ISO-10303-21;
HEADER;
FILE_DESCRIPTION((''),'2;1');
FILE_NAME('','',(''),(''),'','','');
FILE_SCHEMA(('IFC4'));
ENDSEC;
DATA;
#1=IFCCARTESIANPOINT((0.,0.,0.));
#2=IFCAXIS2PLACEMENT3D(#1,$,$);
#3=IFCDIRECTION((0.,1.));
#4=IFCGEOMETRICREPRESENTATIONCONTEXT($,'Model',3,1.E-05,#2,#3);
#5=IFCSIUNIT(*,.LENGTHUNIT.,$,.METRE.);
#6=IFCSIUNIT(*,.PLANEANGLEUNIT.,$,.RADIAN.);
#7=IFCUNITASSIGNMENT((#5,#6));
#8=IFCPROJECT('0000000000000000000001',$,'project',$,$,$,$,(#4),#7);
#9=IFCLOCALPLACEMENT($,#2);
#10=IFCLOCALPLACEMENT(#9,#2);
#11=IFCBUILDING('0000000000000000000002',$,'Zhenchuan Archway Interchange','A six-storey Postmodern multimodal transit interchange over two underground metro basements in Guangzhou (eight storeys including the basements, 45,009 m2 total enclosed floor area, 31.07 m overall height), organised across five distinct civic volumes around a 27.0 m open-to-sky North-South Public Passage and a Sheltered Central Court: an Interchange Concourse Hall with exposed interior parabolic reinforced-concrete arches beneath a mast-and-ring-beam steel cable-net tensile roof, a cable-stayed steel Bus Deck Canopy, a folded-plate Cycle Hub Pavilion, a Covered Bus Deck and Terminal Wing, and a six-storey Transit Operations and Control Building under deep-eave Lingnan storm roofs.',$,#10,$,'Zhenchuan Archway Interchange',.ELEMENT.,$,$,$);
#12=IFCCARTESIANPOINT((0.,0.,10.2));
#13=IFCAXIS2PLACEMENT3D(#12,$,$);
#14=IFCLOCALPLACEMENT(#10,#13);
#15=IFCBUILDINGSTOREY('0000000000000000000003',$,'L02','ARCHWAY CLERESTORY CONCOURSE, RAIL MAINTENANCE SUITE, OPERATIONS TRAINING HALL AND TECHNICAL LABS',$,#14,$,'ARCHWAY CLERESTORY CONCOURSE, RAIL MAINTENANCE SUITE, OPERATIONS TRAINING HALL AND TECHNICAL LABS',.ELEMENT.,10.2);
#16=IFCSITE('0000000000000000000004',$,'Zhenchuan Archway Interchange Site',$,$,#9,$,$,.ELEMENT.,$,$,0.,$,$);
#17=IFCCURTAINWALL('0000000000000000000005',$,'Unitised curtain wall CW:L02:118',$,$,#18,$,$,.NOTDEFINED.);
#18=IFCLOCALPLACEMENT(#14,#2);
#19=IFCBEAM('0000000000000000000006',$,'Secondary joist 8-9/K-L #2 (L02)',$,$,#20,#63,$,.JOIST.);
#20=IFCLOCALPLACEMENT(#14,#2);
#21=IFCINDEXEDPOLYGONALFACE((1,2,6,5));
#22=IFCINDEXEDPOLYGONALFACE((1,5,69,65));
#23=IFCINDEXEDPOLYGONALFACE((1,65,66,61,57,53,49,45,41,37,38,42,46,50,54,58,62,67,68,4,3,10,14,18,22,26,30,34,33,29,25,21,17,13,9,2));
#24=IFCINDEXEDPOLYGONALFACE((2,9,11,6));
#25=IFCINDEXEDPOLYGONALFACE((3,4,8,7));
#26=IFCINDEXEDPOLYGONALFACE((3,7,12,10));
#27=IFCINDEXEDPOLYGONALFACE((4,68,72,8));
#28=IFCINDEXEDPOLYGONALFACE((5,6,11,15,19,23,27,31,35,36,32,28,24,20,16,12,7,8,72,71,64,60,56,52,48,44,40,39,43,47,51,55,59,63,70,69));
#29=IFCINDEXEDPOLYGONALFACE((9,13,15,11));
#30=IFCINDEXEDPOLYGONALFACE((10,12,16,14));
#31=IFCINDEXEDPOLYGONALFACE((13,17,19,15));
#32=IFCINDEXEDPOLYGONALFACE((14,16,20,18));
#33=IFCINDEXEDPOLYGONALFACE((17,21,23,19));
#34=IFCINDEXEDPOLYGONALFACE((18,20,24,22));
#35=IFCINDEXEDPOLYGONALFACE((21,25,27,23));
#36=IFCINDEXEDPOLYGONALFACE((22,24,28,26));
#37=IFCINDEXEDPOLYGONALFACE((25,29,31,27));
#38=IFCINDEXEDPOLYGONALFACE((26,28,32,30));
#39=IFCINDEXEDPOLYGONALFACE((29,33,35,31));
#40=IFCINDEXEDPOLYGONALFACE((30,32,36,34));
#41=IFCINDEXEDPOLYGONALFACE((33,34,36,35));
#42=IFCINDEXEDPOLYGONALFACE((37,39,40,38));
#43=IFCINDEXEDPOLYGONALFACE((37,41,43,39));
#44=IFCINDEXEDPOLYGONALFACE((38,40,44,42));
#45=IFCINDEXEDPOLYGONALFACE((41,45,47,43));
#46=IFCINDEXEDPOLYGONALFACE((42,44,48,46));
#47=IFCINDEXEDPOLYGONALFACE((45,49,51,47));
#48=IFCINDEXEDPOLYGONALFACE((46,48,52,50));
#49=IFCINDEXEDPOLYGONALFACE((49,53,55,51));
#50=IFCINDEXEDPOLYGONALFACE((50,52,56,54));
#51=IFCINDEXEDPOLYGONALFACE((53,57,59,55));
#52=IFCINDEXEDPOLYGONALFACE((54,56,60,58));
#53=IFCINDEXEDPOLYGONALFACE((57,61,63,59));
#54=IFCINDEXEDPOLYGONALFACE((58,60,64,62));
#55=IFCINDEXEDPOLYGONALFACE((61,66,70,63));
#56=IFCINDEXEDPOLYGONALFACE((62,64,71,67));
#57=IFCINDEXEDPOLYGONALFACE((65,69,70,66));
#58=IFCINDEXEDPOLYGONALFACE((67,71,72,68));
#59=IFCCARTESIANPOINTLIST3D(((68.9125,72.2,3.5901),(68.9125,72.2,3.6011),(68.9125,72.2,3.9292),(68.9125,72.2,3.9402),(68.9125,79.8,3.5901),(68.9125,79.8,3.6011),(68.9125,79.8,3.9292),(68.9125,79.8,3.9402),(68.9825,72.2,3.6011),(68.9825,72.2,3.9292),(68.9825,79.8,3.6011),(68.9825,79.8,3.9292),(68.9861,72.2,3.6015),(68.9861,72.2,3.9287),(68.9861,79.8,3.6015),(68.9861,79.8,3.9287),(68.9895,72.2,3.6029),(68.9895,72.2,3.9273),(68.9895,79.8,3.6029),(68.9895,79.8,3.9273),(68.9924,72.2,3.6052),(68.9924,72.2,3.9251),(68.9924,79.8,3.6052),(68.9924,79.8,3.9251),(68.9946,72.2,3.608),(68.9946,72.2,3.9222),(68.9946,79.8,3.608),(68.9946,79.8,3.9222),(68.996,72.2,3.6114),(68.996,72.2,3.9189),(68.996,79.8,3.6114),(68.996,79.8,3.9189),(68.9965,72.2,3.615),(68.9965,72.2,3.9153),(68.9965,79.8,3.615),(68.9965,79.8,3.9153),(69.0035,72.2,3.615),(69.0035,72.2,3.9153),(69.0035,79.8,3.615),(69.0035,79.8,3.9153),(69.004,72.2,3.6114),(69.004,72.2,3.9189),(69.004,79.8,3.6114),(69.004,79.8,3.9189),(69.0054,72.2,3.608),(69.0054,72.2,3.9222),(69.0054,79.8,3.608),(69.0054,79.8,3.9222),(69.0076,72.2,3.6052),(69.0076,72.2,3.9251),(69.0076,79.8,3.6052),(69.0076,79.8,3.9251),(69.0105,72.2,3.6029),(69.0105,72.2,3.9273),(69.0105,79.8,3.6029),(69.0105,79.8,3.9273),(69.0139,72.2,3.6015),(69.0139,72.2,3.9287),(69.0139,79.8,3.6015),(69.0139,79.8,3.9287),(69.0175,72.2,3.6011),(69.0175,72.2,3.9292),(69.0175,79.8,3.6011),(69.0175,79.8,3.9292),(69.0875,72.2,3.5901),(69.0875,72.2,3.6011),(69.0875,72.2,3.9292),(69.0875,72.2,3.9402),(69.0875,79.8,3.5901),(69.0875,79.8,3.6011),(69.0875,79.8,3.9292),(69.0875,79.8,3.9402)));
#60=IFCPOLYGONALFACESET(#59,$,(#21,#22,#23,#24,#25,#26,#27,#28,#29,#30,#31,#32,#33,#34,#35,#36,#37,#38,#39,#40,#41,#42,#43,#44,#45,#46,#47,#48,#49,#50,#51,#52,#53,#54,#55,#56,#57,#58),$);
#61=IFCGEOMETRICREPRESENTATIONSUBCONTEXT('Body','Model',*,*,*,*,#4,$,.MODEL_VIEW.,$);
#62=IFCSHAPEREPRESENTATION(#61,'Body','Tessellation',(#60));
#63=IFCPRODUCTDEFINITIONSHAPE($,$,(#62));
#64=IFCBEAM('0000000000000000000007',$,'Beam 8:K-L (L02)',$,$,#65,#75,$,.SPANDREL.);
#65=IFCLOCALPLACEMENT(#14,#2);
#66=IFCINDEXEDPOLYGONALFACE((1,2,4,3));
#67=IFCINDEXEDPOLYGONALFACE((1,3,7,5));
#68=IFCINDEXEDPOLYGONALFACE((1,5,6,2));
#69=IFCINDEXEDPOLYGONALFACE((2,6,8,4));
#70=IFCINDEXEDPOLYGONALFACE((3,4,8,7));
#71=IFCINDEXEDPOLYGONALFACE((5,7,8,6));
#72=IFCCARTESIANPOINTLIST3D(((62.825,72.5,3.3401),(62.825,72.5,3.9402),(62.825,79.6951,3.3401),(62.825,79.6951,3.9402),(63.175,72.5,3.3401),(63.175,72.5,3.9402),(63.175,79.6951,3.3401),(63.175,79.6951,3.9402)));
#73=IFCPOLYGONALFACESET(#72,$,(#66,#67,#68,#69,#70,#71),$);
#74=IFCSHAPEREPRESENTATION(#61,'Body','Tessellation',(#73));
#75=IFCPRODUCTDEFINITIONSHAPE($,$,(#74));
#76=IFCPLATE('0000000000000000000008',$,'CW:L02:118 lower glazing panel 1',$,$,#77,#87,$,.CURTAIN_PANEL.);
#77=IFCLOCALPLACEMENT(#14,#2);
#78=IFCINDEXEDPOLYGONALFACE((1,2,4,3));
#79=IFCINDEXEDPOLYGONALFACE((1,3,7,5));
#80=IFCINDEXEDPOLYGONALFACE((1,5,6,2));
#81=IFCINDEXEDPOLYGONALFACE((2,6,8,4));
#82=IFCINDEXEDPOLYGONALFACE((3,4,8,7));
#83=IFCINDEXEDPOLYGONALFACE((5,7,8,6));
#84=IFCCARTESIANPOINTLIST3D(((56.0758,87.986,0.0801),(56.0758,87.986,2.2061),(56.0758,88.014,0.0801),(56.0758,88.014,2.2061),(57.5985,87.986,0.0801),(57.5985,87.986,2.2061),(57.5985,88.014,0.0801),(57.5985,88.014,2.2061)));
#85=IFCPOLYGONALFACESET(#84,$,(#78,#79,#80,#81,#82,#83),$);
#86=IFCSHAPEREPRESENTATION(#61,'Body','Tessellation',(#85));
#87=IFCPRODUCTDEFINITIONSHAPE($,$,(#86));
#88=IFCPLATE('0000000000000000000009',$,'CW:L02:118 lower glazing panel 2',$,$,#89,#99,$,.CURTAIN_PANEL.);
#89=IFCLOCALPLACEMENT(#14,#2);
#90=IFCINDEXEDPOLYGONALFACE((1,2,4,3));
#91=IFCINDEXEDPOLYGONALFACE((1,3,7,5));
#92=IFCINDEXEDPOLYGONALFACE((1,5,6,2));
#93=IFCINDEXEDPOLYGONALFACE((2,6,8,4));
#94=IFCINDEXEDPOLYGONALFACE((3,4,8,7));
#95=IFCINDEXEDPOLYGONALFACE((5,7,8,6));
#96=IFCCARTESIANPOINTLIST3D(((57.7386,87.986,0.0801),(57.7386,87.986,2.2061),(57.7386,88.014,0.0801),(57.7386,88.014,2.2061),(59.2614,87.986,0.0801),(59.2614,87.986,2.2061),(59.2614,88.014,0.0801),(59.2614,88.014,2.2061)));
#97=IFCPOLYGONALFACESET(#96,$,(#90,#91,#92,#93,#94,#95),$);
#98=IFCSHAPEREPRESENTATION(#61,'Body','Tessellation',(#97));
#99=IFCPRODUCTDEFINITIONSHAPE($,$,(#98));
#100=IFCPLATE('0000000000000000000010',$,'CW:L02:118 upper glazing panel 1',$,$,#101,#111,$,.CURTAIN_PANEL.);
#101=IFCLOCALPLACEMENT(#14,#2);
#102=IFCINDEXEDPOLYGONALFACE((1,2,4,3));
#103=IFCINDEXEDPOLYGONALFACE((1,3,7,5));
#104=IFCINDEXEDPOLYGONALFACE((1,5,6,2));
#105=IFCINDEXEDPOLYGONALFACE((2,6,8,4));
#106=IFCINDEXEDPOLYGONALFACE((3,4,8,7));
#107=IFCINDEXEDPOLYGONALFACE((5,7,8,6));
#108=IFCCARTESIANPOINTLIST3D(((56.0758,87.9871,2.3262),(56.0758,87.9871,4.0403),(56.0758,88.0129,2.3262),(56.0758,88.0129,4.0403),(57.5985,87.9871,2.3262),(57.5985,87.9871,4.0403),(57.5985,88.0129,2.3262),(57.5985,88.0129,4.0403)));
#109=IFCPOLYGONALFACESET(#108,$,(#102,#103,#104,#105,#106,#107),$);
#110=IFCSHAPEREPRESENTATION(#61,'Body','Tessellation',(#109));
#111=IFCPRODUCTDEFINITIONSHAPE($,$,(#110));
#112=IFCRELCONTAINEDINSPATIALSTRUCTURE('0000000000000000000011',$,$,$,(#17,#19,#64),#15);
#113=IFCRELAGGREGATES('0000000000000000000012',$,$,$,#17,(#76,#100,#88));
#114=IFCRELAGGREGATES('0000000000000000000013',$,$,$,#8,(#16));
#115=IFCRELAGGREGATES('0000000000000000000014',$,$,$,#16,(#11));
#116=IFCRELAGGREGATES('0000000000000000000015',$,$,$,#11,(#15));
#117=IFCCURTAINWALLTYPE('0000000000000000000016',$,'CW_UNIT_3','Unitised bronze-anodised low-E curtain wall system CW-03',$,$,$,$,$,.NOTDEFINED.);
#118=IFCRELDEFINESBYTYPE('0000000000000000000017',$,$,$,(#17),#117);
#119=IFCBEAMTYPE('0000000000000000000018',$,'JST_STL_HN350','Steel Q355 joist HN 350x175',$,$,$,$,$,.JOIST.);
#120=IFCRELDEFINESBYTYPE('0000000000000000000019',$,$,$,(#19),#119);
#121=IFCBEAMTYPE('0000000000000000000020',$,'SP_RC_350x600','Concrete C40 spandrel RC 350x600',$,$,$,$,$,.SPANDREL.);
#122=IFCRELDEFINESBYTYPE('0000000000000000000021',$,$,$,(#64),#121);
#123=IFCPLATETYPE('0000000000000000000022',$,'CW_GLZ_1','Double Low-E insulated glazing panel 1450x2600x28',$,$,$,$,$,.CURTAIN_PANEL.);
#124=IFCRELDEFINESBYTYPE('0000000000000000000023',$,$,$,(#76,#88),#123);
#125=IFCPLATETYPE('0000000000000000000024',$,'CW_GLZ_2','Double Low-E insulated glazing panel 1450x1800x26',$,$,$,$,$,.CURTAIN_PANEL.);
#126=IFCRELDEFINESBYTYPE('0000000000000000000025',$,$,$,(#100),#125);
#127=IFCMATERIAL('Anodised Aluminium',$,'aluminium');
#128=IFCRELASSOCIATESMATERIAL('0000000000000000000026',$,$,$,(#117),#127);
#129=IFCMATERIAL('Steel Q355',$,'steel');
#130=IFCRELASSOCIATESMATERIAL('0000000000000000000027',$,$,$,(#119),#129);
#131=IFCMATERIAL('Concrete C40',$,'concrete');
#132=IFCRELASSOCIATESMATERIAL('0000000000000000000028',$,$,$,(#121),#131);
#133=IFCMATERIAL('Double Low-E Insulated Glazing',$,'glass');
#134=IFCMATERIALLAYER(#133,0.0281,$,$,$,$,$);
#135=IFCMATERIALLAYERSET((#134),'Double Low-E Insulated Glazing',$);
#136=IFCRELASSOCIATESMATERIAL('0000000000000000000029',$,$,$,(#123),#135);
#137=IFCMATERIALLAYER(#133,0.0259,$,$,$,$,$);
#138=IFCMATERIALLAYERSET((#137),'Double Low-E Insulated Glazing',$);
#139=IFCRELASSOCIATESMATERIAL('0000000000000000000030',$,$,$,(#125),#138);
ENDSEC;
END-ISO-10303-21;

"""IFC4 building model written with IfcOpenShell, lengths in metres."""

from ifc_helpers import new_model, si_unit, direction, frame, origin, origin_2d, place, context, subcontext, project, spatial, rectangle, i_section, extrude, material, layer, layer_set, material_profile, profile_set, type_object, element, aggregate, save


model = new_model("IFC4")

# Units and contexts
model_context = context("Model", 3, precision=1e-05, world=origin(), true_north=direction((0.0, 1.0)))
body_context = subcontext(model_context, "Body", "Model", "MODEL_VIEW")
ifc_project = project(units=[si_unit("LENGTHUNIT", "METRE"), si_unit("PLANEANGLEUNIT", "RADIAN")], contexts=[model_context])

# Site, building, storey
site_placement = place(None, origin())
site = spatial("IfcSite", under=ifc_project, at=site_placement, Name="Zhenchuan Archway Interchange Site", CompositionType="ELEMENT", RefElevation=0.0)
building_placement = place(site_placement, origin())
building = spatial("IfcBuilding", under=site, at=building_placement, Name="Zhenchuan Archway Interchange", Description="A six-storey Postmodern multimodal transit interchange over two underground metro basements in Guangzhou (eight storeys including the basements, 45,009 m2 total enclosed floor area, 31.07 m overall height), organised across five distinct civic volumes around a 27.0 m open-to-sky North-South Public Passage and a Sheltered Central Court: an Interchange Concourse Hall with exposed interior parabolic reinforced-concrete arches beneath a mast-and-ring-beam steel cable-net tensile roof, a cable-stayed steel Bus Deck Canopy, a folded-plate Cycle Hub Pavilion, a Covered Bus Deck and Terminal Wing, and a six-storey Transit Operations and Control Building under deep-eave Lingnan storm roofs.", LongName="Zhenchuan Archway Interchange", CompositionType="ELEMENT")
storey_placement = place(building_placement, frame((0.0, 0.0, 10.2)))
storey = spatial("IfcBuildingStorey", under=building, at=storey_placement, Name="L02", Description="ARCHWAY CLERESTORY CONCOURSE, RAIL MAINTENANCE SUITE, OPERATIONS TRAINING HALL AND TECHNICAL LABS", LongName="ARCHWAY CLERESTORY CONCOURSE, RAIL MAINTENANCE SUITE, OPERATIONS TRAINING HALL AND TECHNICAL LABS", CompositionType="ELEMENT", Elevation=10.2)

# Shared definitions
ifc_material_1 = material(Name="Concrete C40", Category="concrete")

# Curtain wall
ifc_material_2 = material(Name="Anodised Aluminium", Category="aluminium")
curtain_wall_type = type_object("IfcCurtainWallType", Name="CW_UNIT_3", Description="Unitised bronze-anodised low-E curtain wall system CW-03", PredefinedType="NOTDEFINED", material=ifc_material_2)
curtain_wall_placement = place(storey_placement, origin())
curtain_wall = element("IfcCurtainWall", 1, at=curtain_wall_placement, inside=storey, type_object=curtain_wall_type, Name="Unitised curtain wall CW:L02:118", PredefinedType="NOTDEFINED")

# Beams
ifc_material_3 = material(Name="Steel Q355", Category="steel")
ifc_material_profile_1 = material_profile(ifc_material_3, i_section(OverallWidth=0.175, OverallDepth=0.3501, WebThickness=0.0071, FlangeThickness=0.011, FilletRadius=0.0139, at=origin_2d()), Name="HN 350x175")
ifc_profile_set_1 = profile_set([ifc_material_profile_1], Name="Steel Q355")
beam_type_1 = type_object("IfcBeamType", Name="JST_STL_HN350", Description="Steel Q355 joist HN 350x175", PredefinedType="JOIST", material=ifc_profile_set_1)
for number, where, z_axis, x_axis, name in (
    (2, (69.0, 72.2, 3.7651), (0.0, 1.0, 0.0), (-1.0, 0.0, 0.0), "Secondary joist 8-9/K-L #2 (L02)"),
):
    element("IfcBeam", number, at=place(storey_placement, frame(where, z_axis=z_axis, x_axis=x_axis)), inside=storey, type_object=beam_type_1, Name=name, PredefinedType="JOIST", context=body_context, shape_type="SweptSolid", body=[
        extrude(i_section(OverallWidth=0.175, OverallDepth=0.3501, WebThickness=0.0071, FlangeThickness=0.011, FilletRadius=0.0139, at=origin_2d()), origin(), (0.0, 0.0, 1.0), 7.6001),
    ])
ifc_material_profile_2 = material_profile(ifc_material_1, rectangle(XDim=0.3501, YDim=0.6001, at=origin_2d()), Name="RC 350x600")
ifc_profile_set_2 = profile_set([ifc_material_profile_2], Name="Concrete C40")
beam_type_2 = type_object("IfcBeamType", Name="SP_RC_350x600", Description="Concrete C40 spandrel RC 350x600", PredefinedType="SPANDREL", material=ifc_profile_set_2)
beam_1_placement = place(storey_placement, frame((63.0, 72.5, 3.6401), z_axis=(0.0, 1.0, 0.0), x_axis=(-1.0, 0.0, 0.0)))
element("IfcBeam", 3, at=beam_1_placement, inside=storey, type_object=beam_type_2, Name="Beam 8:K-L (L02)", PredefinedType="SPANDREL", context=body_context, shape_type="SweptSolid", body=[
    extrude(rectangle(XDim=0.3501, YDim=0.6001, at=origin_2d()), origin(), (0.0, 0.0, 1.0), 7.1951),
])

# Plates
ifc_material_4 = material(Name="Double Low-E Insulated Glazing", Category="glass")
ifc_layer_1 = layer(ifc_material_4, 0.0281)
ifc_layer_set_1 = layer_set([ifc_layer_1], Name="Double Low-E Insulated Glazing")
plate_type_1 = type_object("IfcPlateType", Name="CW_GLZ_1", Description="Double Low-E insulated glazing panel 1450x2600x28", PredefinedType="CURTAIN_PANEL", material=ifc_layer_set_1)
plate_1_placement = place(storey_placement, frame((56.8372, 88.0, 0.0801), z_axis=(0.0, 0.0, 1.0), x_axis=(1.0, 0.0, 0.0)))
plate_1 = element("IfcPlate", 4, at=plate_1_placement, type_object=plate_type_1, Name="CW:L02:118 lower glazing panel 1", PredefinedType="CURTAIN_PANEL", context=body_context, shape_type="SweptSolid", body=[
    extrude(rectangle(XDim=1.5227, YDim=0.0281, at=origin_2d()), origin(), (0.0, 0.0, 1.0), 2.126),
])
plate_2_placement = place(storey_placement, frame((58.5, 88.0, 0.0801), z_axis=(0.0, 0.0, 1.0), x_axis=(1.0, 0.0, 0.0)))
plate_2 = element("IfcPlate", 5, at=plate_2_placement, type_object=plate_type_1, Name="CW:L02:118 lower glazing panel 2", PredefinedType="CURTAIN_PANEL", context=body_context, shape_type="SweptSolid", body=[
    extrude(rectangle(XDim=1.5227, YDim=0.0281, at=origin_2d()), origin(), (0.0, 0.0, 1.0), 2.126),
])
ifc_layer_2 = layer(ifc_material_4, 0.0259)
ifc_layer_set_2 = layer_set([ifc_layer_2], Name="Double Low-E Insulated Glazing")
plate_type_2 = type_object("IfcPlateType", Name="CW_GLZ_2", Description="Double Low-E insulated glazing panel 1450x1800x26", PredefinedType="CURTAIN_PANEL", material=ifc_layer_set_2)
plate_3_placement = place(storey_placement, frame((56.8372, 88.0, 2.3262), z_axis=(0.0, 0.0, 1.0), x_axis=(1.0, 0.0, 0.0)))
plate_3 = element("IfcPlate", 6, at=plate_3_placement, type_object=plate_type_2, Name="CW:L02:118 upper glazing panel 1", PredefinedType="CURTAIN_PANEL", context=body_context, shape_type="SweptSolid", body=[
    extrude(rectangle(XDim=1.5227, YDim=0.0259, at=origin_2d()), origin(), (0.0, 0.0, 1.0), 1.7141),
])
aggregate(curtain_wall, [plate_1, plate_3, plate_2])

save(model, "model.ifc")
